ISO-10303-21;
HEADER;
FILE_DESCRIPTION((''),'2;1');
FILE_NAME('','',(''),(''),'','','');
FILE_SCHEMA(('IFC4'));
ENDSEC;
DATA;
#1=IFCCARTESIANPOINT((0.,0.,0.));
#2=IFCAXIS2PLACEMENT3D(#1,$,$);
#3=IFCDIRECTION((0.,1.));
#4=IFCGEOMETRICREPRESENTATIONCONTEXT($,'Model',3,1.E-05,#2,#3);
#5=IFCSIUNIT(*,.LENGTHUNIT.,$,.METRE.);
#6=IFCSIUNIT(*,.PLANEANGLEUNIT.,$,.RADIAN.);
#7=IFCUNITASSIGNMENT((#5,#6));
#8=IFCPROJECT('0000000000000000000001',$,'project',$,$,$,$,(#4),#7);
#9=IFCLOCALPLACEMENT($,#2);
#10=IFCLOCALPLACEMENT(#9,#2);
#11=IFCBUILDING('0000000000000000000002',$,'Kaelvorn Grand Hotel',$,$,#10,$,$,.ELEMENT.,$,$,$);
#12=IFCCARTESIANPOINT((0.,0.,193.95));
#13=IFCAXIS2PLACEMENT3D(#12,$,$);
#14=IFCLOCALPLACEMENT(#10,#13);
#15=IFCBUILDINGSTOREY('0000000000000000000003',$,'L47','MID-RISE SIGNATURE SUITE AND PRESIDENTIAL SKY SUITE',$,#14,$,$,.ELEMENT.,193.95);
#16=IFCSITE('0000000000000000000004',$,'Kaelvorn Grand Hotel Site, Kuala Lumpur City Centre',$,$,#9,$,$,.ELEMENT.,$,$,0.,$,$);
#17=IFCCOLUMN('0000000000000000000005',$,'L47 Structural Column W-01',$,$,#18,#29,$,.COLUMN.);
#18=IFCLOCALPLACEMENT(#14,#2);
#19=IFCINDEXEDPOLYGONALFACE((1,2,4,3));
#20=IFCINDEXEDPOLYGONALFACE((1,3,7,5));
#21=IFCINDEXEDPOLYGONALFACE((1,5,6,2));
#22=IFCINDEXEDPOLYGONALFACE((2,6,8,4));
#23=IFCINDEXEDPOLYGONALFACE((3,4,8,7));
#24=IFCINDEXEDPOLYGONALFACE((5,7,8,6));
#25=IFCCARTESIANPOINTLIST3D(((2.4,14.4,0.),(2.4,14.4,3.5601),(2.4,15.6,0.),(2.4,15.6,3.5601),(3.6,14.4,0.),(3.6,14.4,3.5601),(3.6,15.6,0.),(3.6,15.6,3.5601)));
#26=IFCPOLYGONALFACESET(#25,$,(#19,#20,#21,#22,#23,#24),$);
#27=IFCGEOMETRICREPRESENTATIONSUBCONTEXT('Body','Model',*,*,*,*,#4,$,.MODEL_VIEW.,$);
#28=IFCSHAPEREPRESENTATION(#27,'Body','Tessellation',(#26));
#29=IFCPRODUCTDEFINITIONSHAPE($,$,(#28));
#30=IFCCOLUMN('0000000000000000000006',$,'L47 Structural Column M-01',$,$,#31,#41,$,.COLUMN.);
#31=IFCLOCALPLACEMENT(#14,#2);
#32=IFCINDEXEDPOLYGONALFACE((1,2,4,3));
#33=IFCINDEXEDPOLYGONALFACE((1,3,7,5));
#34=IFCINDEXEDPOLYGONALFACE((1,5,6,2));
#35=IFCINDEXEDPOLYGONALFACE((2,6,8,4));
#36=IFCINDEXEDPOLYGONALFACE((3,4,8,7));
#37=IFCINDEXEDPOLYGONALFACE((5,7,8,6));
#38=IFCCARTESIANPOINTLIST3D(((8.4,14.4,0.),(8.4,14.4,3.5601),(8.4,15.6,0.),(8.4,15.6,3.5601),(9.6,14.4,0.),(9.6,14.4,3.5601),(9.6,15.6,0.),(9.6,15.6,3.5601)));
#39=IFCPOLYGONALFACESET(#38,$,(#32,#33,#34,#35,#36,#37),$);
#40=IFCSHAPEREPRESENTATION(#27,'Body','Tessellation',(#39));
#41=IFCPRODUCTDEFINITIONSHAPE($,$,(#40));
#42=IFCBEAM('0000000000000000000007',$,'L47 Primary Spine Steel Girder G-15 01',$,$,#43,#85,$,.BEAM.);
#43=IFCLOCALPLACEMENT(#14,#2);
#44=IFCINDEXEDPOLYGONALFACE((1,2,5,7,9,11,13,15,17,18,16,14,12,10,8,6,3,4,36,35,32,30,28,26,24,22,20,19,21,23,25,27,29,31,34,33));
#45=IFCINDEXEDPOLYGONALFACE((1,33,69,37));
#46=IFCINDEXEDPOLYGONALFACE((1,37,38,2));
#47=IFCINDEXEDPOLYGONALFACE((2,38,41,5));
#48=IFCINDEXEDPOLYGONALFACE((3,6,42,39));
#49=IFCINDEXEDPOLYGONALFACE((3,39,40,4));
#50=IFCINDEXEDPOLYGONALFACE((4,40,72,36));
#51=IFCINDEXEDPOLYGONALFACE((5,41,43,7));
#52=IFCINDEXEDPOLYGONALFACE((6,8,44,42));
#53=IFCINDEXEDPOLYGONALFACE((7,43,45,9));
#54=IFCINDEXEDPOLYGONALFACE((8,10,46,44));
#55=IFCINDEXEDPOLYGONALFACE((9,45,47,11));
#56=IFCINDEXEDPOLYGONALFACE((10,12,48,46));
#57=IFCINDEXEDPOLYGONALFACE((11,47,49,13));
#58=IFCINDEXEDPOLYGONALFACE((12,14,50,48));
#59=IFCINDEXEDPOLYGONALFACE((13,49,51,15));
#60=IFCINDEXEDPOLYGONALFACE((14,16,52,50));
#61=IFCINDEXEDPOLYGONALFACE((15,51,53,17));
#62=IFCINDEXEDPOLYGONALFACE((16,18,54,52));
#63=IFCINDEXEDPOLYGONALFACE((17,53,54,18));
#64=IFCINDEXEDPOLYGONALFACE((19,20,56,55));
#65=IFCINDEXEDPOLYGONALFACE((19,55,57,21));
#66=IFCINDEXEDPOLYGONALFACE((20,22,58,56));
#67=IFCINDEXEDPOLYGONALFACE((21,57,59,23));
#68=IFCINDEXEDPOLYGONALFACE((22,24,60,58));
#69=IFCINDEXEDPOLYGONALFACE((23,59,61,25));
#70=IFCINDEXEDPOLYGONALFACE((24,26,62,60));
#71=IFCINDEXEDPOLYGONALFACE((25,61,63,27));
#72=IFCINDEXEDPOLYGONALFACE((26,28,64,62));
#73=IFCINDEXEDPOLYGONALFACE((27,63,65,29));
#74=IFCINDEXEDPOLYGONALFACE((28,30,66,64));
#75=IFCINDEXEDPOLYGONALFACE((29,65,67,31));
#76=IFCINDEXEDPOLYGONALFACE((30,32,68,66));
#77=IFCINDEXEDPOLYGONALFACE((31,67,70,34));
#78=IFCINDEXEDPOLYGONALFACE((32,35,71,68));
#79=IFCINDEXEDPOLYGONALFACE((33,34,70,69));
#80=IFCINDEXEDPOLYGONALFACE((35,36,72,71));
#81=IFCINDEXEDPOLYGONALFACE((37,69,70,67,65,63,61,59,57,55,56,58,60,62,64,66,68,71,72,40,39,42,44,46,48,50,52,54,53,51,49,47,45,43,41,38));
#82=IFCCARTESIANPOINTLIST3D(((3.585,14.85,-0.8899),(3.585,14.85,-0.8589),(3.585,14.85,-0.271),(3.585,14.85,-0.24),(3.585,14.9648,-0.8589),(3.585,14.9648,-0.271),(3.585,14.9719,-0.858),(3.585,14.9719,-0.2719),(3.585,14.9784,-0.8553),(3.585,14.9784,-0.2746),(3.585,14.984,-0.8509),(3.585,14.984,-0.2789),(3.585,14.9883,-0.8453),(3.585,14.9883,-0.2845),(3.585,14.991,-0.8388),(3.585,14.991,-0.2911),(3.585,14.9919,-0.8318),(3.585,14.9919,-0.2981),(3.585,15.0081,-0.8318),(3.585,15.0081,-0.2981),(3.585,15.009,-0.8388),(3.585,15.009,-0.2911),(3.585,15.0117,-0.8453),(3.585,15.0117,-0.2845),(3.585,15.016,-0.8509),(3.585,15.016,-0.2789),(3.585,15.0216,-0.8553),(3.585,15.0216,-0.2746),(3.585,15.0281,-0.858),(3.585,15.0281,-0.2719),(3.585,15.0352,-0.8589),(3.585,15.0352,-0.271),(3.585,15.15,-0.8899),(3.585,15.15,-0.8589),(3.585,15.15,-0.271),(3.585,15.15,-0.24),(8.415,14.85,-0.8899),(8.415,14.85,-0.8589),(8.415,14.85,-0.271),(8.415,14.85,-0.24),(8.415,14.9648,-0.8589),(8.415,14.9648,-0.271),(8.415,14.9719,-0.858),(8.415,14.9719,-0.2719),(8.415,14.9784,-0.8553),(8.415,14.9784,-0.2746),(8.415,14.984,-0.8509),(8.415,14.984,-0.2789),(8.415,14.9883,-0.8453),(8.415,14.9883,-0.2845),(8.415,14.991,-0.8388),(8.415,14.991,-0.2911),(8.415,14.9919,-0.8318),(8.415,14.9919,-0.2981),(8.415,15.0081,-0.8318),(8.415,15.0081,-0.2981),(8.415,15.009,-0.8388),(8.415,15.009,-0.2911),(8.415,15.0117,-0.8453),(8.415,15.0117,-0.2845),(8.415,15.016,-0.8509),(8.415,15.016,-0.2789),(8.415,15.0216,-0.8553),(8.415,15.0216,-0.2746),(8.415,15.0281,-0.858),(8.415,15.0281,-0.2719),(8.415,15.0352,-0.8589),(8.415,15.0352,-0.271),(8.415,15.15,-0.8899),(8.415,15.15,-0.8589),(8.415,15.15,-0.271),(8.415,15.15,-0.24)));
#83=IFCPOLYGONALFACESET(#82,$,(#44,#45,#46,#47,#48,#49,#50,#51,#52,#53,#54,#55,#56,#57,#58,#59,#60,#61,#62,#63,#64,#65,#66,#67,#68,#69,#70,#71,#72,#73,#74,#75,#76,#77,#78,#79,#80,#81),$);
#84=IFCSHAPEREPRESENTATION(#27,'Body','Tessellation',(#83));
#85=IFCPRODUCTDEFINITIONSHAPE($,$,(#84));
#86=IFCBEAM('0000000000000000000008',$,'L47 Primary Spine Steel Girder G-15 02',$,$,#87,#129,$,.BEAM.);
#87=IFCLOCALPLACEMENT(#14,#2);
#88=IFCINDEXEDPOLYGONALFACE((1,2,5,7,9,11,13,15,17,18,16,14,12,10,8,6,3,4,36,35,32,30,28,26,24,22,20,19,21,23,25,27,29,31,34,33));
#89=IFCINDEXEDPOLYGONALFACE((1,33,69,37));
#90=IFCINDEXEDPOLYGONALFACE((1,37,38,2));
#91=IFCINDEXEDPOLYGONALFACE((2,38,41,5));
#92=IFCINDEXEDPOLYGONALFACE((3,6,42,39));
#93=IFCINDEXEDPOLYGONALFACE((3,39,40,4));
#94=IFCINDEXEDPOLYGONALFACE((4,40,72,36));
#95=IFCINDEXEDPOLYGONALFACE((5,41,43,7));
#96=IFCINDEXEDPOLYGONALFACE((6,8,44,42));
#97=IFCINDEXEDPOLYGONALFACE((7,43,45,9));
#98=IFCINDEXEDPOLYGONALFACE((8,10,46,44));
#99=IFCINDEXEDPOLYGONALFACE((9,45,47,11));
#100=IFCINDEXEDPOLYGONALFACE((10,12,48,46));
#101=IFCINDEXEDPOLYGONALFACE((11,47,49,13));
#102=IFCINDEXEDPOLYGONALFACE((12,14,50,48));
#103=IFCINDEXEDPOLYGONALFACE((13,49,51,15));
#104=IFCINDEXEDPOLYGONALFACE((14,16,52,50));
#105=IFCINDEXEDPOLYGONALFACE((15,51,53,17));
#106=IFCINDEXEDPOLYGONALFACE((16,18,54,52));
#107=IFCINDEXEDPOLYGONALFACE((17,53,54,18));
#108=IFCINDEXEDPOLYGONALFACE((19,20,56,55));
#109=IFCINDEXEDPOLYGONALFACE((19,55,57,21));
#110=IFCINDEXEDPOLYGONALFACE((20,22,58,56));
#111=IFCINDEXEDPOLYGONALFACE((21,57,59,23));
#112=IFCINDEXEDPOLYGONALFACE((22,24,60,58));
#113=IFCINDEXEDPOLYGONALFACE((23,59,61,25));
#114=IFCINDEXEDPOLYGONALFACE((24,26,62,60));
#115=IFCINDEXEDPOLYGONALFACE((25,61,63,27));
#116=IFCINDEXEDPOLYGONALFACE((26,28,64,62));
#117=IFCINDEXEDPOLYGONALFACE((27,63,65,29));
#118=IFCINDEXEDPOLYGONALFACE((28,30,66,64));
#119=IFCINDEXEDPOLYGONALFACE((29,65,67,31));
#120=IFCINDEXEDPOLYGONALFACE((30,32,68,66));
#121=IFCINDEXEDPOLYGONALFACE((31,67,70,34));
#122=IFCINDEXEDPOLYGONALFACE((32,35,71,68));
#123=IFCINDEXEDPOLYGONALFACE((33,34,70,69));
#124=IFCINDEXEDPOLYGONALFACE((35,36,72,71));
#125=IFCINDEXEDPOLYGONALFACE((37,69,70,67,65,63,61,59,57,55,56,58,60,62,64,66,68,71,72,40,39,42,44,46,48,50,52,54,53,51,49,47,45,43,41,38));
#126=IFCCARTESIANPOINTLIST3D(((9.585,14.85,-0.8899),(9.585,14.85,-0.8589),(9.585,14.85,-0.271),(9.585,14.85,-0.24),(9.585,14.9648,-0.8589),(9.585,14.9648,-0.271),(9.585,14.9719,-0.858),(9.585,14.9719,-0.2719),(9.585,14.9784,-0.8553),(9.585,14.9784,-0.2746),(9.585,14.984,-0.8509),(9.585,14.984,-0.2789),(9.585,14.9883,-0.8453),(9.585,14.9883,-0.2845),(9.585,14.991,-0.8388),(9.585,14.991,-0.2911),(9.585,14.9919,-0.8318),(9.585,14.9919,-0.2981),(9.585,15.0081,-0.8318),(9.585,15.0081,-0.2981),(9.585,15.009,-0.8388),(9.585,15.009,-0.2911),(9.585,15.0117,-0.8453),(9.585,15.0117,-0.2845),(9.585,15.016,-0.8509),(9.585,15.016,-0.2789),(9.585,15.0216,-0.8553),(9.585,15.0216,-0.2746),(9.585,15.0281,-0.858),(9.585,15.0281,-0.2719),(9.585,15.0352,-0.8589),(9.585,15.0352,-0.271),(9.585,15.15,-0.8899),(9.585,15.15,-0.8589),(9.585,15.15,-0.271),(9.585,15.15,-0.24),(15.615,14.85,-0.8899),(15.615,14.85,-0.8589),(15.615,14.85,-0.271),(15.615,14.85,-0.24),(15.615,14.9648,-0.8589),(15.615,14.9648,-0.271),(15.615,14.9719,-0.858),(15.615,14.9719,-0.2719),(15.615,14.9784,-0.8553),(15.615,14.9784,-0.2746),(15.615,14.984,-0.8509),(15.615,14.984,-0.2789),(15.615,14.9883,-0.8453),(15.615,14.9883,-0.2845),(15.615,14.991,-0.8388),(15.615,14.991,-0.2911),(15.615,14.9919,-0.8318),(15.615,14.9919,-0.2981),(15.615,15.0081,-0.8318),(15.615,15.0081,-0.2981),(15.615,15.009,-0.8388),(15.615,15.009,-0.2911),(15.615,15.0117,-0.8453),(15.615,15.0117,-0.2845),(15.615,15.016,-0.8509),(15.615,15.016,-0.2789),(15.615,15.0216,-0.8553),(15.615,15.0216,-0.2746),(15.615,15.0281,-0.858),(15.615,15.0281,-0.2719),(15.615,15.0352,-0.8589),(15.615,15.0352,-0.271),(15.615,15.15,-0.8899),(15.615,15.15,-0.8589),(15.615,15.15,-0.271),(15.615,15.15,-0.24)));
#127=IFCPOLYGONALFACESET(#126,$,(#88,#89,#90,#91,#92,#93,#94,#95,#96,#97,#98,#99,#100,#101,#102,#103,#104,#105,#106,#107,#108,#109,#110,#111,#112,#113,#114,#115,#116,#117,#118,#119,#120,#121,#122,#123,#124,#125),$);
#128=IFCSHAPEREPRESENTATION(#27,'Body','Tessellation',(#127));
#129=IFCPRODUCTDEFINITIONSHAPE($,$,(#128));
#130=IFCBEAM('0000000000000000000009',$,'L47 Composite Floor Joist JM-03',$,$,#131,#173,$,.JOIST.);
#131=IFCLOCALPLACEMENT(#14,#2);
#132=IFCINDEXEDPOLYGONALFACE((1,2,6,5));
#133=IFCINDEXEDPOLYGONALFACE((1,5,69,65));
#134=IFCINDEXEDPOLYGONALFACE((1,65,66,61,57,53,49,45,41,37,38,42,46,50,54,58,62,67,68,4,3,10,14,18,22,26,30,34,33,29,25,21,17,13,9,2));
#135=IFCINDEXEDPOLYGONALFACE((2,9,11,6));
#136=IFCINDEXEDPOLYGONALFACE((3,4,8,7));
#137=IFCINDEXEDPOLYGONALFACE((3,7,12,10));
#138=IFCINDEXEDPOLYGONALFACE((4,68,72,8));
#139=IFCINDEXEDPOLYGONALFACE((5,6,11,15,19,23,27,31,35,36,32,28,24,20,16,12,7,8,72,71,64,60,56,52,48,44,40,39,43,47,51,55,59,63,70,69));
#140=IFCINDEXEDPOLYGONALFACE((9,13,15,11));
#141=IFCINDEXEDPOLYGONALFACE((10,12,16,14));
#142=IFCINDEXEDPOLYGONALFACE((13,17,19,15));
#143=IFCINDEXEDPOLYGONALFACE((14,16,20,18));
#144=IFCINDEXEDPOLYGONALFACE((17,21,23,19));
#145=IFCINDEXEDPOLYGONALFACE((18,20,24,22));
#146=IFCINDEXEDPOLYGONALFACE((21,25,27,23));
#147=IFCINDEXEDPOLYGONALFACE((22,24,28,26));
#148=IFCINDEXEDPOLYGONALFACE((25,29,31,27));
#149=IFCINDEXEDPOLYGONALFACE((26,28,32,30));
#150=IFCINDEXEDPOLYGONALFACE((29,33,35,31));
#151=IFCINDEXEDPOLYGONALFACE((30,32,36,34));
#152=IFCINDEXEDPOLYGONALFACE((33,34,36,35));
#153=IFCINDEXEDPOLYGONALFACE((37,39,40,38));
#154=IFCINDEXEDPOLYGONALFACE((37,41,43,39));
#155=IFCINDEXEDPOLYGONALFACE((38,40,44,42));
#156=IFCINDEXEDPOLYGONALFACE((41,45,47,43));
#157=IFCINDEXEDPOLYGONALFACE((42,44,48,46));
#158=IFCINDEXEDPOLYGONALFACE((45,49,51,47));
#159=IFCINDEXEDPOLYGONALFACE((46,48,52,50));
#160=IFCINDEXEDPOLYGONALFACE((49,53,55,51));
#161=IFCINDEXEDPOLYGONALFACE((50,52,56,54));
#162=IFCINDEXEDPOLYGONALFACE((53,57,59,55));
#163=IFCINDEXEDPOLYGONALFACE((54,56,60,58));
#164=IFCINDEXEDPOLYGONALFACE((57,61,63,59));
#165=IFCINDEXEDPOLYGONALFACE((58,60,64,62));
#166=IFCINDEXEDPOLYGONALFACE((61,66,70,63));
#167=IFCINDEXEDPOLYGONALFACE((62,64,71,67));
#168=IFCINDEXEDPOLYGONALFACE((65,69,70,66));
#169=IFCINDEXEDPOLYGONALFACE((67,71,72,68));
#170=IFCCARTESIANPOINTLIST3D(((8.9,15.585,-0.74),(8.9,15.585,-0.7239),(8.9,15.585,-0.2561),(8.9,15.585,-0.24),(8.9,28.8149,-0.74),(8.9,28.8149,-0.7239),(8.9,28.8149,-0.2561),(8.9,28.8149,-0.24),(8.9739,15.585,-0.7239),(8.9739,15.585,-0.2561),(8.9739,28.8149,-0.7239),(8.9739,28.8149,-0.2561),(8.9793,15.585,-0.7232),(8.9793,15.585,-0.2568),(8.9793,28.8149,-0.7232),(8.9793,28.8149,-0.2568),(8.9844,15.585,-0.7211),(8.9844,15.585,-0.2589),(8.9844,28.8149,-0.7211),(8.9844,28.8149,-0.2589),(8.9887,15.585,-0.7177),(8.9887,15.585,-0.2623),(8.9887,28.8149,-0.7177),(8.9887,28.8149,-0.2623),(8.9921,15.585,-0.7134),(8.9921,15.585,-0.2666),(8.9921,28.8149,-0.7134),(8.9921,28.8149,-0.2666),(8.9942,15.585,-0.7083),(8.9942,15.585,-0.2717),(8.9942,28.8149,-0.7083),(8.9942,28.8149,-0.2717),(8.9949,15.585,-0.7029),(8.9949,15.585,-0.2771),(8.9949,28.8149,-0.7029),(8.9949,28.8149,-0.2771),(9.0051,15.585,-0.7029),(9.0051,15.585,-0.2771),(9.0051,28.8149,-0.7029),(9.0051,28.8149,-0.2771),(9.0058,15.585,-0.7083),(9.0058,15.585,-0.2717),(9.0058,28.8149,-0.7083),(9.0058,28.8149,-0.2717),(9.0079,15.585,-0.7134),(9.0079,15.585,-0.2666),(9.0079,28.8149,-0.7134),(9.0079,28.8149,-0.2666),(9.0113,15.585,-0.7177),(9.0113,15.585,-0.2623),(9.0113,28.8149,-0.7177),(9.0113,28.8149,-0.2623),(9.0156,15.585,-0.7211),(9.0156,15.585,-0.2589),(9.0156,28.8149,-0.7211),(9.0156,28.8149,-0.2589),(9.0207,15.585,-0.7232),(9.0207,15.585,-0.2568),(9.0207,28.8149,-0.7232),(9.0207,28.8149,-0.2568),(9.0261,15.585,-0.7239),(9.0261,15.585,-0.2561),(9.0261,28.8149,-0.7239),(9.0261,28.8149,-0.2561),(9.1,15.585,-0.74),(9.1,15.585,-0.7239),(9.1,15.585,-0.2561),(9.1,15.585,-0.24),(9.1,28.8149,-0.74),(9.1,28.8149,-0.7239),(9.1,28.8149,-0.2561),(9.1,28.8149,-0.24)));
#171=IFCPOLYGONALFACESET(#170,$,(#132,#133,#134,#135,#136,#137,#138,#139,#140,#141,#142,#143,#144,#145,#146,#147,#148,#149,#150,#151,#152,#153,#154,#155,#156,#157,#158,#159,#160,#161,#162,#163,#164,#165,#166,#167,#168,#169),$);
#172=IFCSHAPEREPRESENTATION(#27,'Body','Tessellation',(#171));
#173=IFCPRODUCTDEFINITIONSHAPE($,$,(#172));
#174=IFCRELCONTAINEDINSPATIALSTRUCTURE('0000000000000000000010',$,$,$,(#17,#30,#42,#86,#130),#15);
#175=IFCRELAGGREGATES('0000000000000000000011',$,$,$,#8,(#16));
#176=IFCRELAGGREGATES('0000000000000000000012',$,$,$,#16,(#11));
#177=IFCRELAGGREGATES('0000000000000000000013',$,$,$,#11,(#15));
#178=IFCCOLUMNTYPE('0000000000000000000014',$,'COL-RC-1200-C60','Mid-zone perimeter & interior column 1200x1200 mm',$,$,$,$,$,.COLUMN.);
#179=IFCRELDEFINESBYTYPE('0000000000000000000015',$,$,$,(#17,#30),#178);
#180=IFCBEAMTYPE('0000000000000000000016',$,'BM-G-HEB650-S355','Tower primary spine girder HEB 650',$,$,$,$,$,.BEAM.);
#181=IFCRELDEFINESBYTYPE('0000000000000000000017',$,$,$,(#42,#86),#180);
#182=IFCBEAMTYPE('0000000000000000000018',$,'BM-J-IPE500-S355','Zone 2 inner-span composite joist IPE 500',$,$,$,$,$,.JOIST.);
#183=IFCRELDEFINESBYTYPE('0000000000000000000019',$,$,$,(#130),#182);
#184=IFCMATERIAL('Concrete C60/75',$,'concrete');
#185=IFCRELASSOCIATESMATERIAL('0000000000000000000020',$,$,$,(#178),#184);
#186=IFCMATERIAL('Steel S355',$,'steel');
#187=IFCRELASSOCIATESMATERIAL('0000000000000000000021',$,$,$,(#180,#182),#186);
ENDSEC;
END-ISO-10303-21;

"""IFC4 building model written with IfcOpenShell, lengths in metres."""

from ifc_helpers import new_model, si_unit, direction, frame, origin, origin_2d, place, context, subcontext, project, spatial, rectangle, i_section, extrude, material, material_profile, profile_set, type_object, element, save


model = new_model("IFC4")

# Units and contexts
model_context = context("Model", 3, precision=1e-05, world=origin(), true_north=direction((0.0, 1.0)))
body_context = subcontext(model_context, "Body", "Model", "MODEL_VIEW")
ifc_project = project(units=[si_unit("LENGTHUNIT", "METRE"), si_unit("PLANEANGLEUNIT", "RADIAN")], contexts=[model_context])

# Site, building, storey
site_placement = place(None, origin())
site = spatial("IfcSite", under=ifc_project, at=site_placement, Name="Kaelvorn Grand Hotel Site, Kuala Lumpur City Centre", CompositionType="ELEMENT", RefElevation=0.0)
building_placement = place(site_placement, origin())
building = spatial("IfcBuilding", under=site, at=building_placement, Name="Kaelvorn Grand Hotel", CompositionType="ELEMENT")
storey_placement = place(building_placement, frame((0.0, 0.0, 193.95)))
storey = spatial("IfcBuildingStorey", under=building, at=storey_placement, Name="L47", Description="MID-RISE SIGNATURE SUITE AND PRESIDENTIAL SKY SUITE", CompositionType="ELEMENT", Elevation=193.95)

# Columns
ifc_material_1 = material(Name="Concrete C60/75", Category="concrete")
ifc_material_profile_1 = material_profile(ifc_material_1, rectangle(XDim=1.2, YDim=1.2, at=origin_2d()), Name="RC COL 1200x1200")
ifc_profile_set_1 = profile_set([ifc_material_profile_1], Name="Concrete C60/75")
column_type = type_object("IfcColumnType", Name="COL-RC-1200-C60", Description="Mid-zone perimeter & interior column 1200x1200 mm", PredefinedType="COLUMN", material=ifc_profile_set_1)
for number, where, z_axis, x_axis, name in (
    (1, (3.0, 15.0, 0.0), (0.0, 0.0, 1.0), (1.0, 0.0, 0.0), "L47 Structural Column W-01"),
    (2, (9.0, 15.0, 0.0), (0.0, 0.0, 1.0), (1.0, 0.0, 0.0), "L47 Structural Column M-01"),
):
    element("IfcColumn", number, at=place(storey_placement, frame(where, z_axis=z_axis, x_axis=x_axis)), inside=storey, type_object=column_type, Name=name, PredefinedType="COLUMN", context=body_context, shape_type="SweptSolid", body=[
        extrude(rectangle(XDim=1.2, YDim=1.2, at=origin_2d()), origin(), (0.0, 0.0, 1.0), 3.5601),
    ])

# Beams
ifc_material_2 = material(Name="Steel S355", Category="steel")
ifc_material_profile_2 = material_profile(ifc_material_2, i_section(OverallWidth=0.3, OverallDepth=0.6499, WebThickness=0.0161, FlangeThickness=0.031, FilletRadius=0.0271, at=origin_2d()), Name="HEB 650")
ifc_profile_set_2 = profile_set([ifc_material_profile_2], Name="Steel S355")
beam_type_1 = type_object("IfcBeamType", Name="BM-G-HEB650-S355", Description="Tower primary spine girder HEB 650", PredefinedType="BEAM", material=ifc_profile_set_2)
beam_1_placement = place(storey_placement, frame((3.585, 15.0, -0.5649), z_axis=(1.0, 0.0, 0.0), x_axis=(0.0, 1.0, 0.0)))
element("IfcBeam", 3, at=beam_1_placement, inside=storey, type_object=beam_type_1, Name="L47 Primary Spine Steel Girder G-15 01", PredefinedType="BEAM", context=body_context, shape_type="SweptSolid", body=[
    extrude(i_section(OverallWidth=0.3, OverallDepth=0.6499, WebThickness=0.0161, FlangeThickness=0.031, FilletRadius=0.0271, at=origin_2d()), origin(), (0.0, 0.0, 1.0), 4.8301),
])
beam_2_placement = place(storey_placement, frame((9.585, 15.0, -0.5649), z_axis=(1.0, 0.0, 0.0), x_axis=(0.0, 1.0, 0.0)))
element("IfcBeam", 4, at=beam_2_placement, inside=storey, type_object=beam_type_1, Name="L47 Primary Spine Steel Girder G-15 02", PredefinedType="BEAM", context=body_context, shape_type="SweptSolid", body=[
    extrude(i_section(OverallWidth=0.3, OverallDepth=0.6499, WebThickness=0.0161, FlangeThickness=0.031, FilletRadius=0.0271, at=origin_2d()), origin(), (0.0, 0.0, 1.0), 6.03),
])
ifc_material_profile_3 = material_profile(ifc_material_2, i_section(OverallWidth=0.2, OverallDepth=0.5, WebThickness=0.0103, FlangeThickness=0.0161, FilletRadius=0.021, at=origin_2d()), Name="IPE 500")
ifc_profile_set_3 = profile_set([ifc_material_profile_3], Name="Steel S355")
beam_type_2 = type_object("IfcBeamType", Name="BM-J-IPE500-S355", Description="Zone 2 inner-span composite joist IPE 500", PredefinedType="JOIST", material=ifc_profile_set_3)
beam_3_placement = place(storey_placement, frame((9.0, 15.585, -0.49), z_axis=(0.0, 1.0, 0.0), x_axis=(-1.0, 0.0, 0.0)))
element("IfcBeam", 5, at=beam_3_placement, inside=storey, type_object=beam_type_2, Name="L47 Composite Floor Joist JM-03", PredefinedType="JOIST", context=body_context, shape_type="SweptSolid", body=[
    extrude(i_section(OverallWidth=0.2, OverallDepth=0.5, WebThickness=0.0103, FlangeThickness=0.0161, FilletRadius=0.021, at=origin_2d()), origin(), (0.0, 0.0, 1.0), 13.23),
])

save(model, "model.ifc")
